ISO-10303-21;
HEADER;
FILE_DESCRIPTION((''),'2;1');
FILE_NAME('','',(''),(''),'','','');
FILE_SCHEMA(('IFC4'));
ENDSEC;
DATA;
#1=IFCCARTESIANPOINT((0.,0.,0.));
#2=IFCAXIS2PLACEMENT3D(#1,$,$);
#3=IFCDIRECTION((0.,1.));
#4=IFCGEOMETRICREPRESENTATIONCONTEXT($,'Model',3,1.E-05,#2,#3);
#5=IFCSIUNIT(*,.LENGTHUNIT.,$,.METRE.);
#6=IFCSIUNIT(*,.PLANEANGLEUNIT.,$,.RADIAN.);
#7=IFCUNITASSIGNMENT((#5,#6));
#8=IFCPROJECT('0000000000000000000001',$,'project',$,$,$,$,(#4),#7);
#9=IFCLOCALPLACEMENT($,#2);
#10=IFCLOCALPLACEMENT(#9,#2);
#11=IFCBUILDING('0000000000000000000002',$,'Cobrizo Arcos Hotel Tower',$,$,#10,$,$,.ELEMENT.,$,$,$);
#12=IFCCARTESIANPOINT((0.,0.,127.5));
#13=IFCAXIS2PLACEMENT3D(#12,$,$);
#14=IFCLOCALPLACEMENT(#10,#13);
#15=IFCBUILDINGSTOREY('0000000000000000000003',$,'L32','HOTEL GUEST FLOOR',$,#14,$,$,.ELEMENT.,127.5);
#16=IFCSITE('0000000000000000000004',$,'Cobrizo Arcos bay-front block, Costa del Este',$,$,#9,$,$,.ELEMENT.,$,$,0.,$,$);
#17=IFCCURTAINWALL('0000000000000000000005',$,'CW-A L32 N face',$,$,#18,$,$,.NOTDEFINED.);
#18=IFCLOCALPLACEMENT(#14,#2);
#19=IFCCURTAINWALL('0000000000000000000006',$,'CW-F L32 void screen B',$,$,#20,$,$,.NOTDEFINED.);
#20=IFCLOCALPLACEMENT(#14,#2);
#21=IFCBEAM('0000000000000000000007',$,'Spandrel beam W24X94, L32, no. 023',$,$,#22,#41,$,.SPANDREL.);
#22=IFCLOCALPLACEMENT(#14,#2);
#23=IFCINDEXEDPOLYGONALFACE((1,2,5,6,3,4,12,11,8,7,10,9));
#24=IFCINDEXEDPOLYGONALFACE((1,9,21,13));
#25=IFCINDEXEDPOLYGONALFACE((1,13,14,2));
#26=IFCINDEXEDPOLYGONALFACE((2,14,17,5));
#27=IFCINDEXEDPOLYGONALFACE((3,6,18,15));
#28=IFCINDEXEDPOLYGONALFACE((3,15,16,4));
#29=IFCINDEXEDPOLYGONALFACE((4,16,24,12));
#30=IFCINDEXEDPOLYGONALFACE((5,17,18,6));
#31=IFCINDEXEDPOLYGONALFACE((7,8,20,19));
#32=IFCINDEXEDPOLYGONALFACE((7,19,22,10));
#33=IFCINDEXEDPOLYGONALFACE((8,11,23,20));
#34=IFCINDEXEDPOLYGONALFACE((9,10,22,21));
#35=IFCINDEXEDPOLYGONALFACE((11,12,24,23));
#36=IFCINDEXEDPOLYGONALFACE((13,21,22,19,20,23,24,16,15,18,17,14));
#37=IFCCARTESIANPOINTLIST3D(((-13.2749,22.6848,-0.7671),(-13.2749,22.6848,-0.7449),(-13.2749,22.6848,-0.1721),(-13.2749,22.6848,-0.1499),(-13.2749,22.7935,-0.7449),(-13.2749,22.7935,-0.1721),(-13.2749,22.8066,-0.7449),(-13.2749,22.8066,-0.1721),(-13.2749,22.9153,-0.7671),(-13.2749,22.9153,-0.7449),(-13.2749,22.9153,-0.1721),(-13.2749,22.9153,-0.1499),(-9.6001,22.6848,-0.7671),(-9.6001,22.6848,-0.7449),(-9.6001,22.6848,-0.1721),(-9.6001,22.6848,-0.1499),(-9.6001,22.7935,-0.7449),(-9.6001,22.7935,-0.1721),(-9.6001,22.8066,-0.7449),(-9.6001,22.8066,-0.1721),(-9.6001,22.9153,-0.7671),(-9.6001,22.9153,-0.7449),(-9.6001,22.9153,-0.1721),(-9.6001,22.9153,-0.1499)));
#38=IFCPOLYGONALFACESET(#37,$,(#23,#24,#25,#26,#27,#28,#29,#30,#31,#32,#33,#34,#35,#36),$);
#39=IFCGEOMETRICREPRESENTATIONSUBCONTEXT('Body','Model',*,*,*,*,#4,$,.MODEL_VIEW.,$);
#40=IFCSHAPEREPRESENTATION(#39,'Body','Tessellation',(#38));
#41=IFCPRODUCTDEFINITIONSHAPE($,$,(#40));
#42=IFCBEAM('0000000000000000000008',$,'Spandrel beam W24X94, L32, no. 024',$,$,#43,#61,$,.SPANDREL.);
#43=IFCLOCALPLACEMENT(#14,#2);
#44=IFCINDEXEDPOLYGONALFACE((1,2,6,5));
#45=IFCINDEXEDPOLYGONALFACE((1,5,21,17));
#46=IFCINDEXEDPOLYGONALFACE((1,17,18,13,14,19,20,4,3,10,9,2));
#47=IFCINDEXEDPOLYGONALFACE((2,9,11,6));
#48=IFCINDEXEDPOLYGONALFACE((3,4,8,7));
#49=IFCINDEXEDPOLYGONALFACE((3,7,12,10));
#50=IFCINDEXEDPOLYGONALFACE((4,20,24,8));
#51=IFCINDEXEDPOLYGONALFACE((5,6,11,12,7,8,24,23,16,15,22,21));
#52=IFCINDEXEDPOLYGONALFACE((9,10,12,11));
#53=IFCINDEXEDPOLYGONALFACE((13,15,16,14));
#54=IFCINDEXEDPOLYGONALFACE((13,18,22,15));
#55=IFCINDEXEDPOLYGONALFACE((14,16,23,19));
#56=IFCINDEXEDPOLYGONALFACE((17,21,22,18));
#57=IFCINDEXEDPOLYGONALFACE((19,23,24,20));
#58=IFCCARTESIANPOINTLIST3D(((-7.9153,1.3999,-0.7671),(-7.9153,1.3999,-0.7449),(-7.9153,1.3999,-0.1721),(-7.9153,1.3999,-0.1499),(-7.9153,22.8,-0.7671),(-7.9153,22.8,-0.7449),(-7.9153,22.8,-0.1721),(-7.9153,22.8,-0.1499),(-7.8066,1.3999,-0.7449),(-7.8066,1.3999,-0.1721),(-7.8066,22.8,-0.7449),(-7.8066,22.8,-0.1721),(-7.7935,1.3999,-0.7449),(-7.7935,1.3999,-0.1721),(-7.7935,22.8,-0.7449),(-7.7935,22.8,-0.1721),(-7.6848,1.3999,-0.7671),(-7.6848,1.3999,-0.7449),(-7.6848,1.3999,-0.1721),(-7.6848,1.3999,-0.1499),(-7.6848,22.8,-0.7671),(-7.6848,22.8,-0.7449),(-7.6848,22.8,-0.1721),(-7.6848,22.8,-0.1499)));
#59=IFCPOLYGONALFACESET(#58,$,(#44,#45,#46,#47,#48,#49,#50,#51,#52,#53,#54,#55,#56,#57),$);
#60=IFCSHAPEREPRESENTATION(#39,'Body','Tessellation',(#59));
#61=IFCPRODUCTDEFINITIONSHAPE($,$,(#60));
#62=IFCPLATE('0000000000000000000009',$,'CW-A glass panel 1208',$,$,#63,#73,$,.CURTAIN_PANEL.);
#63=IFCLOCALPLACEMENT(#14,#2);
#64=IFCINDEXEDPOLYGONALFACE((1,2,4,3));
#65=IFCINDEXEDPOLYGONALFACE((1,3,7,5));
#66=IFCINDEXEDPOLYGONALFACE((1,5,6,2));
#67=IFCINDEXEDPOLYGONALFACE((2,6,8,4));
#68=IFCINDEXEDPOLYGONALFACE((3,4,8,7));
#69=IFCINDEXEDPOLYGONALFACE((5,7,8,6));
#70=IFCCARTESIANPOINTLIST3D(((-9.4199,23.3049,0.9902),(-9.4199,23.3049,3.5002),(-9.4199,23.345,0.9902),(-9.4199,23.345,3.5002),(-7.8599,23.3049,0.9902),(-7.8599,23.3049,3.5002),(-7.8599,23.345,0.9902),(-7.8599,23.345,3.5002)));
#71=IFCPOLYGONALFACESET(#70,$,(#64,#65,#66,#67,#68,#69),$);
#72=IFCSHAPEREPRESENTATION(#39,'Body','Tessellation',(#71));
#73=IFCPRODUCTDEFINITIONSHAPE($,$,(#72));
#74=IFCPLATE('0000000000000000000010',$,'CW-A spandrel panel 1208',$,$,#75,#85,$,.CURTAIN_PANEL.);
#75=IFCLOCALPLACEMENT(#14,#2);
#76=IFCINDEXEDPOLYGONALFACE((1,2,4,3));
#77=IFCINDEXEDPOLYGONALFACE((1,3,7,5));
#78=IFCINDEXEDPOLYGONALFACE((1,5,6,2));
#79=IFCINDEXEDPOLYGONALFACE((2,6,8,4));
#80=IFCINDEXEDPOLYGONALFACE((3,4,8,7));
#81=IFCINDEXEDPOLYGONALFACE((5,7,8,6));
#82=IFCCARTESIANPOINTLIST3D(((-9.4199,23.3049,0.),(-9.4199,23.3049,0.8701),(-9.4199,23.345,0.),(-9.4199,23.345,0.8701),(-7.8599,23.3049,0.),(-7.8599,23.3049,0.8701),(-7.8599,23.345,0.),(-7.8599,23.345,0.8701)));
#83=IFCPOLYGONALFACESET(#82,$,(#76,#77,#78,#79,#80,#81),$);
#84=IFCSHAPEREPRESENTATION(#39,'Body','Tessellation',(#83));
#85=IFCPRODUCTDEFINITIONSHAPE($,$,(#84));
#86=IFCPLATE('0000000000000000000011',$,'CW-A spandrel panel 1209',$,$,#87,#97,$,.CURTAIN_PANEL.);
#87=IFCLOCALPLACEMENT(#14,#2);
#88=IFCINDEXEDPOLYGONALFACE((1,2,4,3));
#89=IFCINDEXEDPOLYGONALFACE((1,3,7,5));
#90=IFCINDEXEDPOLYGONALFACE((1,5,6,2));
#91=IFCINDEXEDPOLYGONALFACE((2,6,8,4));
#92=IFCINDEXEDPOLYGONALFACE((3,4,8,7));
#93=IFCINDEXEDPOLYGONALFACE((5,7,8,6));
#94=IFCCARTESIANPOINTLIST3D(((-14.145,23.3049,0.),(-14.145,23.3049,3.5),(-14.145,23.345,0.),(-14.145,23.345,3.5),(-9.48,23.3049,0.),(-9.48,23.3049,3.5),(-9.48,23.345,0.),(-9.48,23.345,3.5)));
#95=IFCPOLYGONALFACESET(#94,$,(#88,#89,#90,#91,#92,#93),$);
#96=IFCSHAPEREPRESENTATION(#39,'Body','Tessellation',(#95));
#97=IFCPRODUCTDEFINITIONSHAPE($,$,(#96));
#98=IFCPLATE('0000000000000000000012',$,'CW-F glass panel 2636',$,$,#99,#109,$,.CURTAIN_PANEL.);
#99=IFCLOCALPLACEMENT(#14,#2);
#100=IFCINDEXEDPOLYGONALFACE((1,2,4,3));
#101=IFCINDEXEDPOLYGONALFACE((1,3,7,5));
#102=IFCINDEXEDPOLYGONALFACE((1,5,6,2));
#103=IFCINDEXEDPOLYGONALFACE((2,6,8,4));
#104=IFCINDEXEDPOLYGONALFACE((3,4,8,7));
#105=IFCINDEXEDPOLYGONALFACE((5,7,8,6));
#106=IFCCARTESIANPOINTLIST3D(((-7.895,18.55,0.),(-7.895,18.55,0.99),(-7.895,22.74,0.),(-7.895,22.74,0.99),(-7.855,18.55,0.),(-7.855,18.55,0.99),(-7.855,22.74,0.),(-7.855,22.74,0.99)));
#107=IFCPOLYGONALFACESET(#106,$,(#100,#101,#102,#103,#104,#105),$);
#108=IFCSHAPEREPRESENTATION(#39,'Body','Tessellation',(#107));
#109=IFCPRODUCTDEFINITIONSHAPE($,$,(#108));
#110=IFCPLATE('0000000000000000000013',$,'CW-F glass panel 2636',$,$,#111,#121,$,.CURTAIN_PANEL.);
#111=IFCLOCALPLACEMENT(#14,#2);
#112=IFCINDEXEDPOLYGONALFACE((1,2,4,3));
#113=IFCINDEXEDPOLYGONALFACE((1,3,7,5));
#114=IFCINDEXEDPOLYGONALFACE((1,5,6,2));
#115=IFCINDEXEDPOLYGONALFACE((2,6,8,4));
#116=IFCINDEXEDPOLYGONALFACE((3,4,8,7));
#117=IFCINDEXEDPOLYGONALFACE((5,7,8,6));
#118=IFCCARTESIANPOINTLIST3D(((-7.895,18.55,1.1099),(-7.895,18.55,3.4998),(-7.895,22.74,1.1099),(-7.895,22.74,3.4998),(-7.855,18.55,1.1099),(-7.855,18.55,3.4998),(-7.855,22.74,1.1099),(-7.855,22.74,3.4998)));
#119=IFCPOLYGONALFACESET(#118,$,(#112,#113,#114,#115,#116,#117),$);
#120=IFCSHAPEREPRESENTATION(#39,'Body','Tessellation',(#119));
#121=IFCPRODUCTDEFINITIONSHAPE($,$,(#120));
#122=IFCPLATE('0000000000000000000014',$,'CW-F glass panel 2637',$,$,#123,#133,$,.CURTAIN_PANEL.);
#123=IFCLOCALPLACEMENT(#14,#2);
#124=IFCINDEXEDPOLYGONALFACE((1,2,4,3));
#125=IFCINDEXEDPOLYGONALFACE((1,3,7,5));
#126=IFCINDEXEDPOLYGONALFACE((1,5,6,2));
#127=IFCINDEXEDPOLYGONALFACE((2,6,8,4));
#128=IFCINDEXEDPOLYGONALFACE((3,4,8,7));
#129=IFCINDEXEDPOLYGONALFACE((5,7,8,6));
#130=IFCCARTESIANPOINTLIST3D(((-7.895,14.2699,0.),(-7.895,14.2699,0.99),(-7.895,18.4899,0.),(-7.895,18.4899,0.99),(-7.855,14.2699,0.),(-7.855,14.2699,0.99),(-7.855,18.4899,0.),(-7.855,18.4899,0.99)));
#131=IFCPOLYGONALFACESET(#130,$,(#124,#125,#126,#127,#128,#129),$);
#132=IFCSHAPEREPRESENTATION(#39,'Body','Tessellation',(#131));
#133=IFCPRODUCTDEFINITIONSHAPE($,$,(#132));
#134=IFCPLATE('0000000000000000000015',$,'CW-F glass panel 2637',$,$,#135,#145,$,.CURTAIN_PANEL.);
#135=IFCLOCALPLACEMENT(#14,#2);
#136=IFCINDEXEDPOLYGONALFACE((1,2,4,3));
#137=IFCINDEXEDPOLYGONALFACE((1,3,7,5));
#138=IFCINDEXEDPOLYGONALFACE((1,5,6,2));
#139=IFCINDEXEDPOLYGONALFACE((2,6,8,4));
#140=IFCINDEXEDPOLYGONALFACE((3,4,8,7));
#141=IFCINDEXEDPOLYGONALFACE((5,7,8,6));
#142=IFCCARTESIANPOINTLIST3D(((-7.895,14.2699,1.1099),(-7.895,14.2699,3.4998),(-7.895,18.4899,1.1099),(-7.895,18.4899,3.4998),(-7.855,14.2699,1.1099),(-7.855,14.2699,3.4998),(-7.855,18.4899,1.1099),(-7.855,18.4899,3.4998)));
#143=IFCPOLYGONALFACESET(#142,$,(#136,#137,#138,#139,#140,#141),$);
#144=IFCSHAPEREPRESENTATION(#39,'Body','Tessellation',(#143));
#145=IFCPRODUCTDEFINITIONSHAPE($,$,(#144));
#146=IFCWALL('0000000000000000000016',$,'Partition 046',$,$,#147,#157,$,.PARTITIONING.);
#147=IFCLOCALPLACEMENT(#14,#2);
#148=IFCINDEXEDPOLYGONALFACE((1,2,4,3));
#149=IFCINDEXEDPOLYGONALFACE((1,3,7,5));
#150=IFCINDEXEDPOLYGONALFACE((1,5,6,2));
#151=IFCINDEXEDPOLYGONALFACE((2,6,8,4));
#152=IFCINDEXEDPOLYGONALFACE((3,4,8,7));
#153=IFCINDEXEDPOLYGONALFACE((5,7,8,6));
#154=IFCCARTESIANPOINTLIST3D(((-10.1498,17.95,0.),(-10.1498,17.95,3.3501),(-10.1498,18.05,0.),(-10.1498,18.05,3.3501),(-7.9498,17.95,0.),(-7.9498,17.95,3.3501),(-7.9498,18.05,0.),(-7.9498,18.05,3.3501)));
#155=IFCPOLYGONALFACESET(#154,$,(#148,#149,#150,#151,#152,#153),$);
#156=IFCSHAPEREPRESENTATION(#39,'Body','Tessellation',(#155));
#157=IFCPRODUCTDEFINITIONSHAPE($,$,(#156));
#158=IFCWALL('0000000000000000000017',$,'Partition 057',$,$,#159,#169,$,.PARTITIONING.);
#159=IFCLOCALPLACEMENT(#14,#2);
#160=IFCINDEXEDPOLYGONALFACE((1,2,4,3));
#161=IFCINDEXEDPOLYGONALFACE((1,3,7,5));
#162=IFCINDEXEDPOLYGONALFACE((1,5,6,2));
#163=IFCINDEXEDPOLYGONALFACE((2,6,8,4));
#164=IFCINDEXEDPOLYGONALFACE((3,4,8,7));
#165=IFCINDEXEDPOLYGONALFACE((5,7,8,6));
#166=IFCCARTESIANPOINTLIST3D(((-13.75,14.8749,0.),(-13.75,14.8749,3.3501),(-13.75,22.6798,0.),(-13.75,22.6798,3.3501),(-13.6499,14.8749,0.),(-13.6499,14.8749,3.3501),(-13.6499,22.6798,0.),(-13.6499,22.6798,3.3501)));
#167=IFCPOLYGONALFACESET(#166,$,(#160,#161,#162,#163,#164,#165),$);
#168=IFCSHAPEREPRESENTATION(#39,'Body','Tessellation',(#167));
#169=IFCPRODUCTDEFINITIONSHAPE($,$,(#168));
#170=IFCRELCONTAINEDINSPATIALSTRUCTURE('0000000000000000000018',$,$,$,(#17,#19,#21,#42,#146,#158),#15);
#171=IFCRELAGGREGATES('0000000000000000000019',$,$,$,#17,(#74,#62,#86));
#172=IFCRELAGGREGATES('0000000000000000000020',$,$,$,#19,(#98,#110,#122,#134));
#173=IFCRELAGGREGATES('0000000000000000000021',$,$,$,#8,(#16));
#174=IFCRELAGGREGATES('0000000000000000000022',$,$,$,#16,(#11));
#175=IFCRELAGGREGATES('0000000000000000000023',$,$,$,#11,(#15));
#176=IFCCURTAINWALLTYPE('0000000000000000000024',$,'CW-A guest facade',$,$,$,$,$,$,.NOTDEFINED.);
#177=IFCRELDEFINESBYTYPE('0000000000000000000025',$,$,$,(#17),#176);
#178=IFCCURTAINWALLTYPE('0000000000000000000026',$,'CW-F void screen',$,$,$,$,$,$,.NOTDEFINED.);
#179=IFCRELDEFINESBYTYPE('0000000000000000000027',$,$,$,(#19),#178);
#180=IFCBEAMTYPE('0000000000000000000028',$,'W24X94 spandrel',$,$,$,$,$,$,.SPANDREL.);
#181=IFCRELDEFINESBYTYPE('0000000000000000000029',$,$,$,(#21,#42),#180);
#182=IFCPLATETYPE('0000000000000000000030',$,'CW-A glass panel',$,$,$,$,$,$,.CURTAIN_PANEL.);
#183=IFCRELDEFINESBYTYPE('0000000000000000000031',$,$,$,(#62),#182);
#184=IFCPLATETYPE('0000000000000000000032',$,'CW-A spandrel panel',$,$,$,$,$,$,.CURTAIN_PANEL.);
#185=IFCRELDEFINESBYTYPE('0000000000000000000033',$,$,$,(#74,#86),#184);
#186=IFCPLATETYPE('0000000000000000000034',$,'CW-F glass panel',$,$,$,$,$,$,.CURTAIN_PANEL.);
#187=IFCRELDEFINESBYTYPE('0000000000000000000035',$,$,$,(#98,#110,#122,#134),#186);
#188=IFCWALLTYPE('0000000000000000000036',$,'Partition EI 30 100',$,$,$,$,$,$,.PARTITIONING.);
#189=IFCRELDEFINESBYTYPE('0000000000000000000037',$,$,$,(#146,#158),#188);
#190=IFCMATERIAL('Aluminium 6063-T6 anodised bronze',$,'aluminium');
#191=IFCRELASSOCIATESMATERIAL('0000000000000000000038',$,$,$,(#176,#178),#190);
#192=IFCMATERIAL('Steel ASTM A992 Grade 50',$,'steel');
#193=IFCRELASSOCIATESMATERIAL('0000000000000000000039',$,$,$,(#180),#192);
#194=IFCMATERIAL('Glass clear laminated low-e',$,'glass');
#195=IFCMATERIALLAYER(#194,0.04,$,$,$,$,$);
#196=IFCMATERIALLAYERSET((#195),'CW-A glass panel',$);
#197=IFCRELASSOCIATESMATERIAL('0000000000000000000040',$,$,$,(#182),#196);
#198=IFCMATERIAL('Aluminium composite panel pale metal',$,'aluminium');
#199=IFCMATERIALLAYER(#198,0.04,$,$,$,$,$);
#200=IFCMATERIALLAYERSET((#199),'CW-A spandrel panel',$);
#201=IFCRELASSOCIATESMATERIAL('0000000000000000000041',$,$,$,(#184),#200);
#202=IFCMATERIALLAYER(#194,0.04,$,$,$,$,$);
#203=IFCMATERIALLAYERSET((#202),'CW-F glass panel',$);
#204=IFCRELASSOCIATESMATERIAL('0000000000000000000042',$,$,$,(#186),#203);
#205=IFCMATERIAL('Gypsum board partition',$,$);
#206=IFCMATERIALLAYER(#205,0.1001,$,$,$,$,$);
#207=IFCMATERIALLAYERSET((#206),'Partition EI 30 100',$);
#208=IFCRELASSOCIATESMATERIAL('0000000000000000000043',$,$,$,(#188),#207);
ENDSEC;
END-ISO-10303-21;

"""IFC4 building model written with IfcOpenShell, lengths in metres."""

from ifc_helpers import new_model, si_unit, direction, frame, frame_2d, origin, origin_2d, place, context, subcontext, project, spatial, rectangle, i_section, extrude, material, layer, layer_set, material_profile, profile_set, type_object, element, aggregate, save


model = new_model("IFC4")

# Units and contexts
model_context = context("Model", 3, precision=1e-05, world=origin(), true_north=direction((0.0, 1.0)))
body_context = subcontext(model_context, "Body", "Model", "MODEL_VIEW")
ifc_project = project(units=[si_unit("LENGTHUNIT", "METRE"), si_unit("PLANEANGLEUNIT", "RADIAN")], contexts=[model_context])

# Site, building, storey
site_placement = place(None, origin())
site = spatial("IfcSite", under=ifc_project, at=site_placement, Name="Cobrizo Arcos bay-front block, Costa del Este", CompositionType="ELEMENT", RefElevation=0.0)
building_placement = place(site_placement, origin())
building = spatial("IfcBuilding", under=site, at=building_placement, Name="Cobrizo Arcos Hotel Tower", CompositionType="ELEMENT")
storey_placement = place(building_placement, frame((0.0, 0.0, 127.5)))
storey = spatial("IfcBuildingStorey", under=building, at=storey_placement, Name="L32", Description="HOTEL GUEST FLOOR", CompositionType="ELEMENT", Elevation=127.5)

# Curtain walls
ifc_material_1 = material(Name="Aluminium 6063-T6 anodised bronze", Category="aluminium")
curtain_wall_type_1 = type_object("IfcCurtainWallType", Name="CW-A guest facade", PredefinedType="NOTDEFINED", material=ifc_material_1)
curtain_wall_1_placement = place(storey_placement, origin())
curtain_wall_1 = element("IfcCurtainWall", 1, at=curtain_wall_1_placement, inside=storey, type_object=curtain_wall_type_1, Name="CW-A L32 N face", PredefinedType="NOTDEFINED")
curtain_wall_type_2 = type_object("IfcCurtainWallType", Name="CW-F void screen", PredefinedType="NOTDEFINED", material=ifc_material_1)
curtain_wall_2_placement = place(storey_placement, origin())
curtain_wall_2 = element("IfcCurtainWall", 2, at=curtain_wall_2_placement, inside=storey, type_object=curtain_wall_type_2, Name="CW-F L32 void screen B", PredefinedType="NOTDEFINED")

# Beams
ifc_material_2 = material(Name="Steel ASTM A992 Grade 50", Category="steel")
ifc_material_profile_1 = material_profile(ifc_material_2, i_section(OverallWidth=0.2305, OverallDepth=0.6172, WebThickness=0.0132, FlangeThickness=0.0222, at=origin_2d()), Name="W24X94")
ifc_profile_set_1 = profile_set([ifc_material_profile_1], Name="Steel ASTM A992 Grade 50")
beam_type = type_object("IfcBeamType", Name="W24X94 spandrel", PredefinedType="SPANDREL", material=ifc_profile_set_1)
beam_1_placement = place(storey_placement, frame((-13.2749, 22.8, -0.4585), z_axis=(1.0, 0.0, 0.0), x_axis=(0.0, 1.0, 0.0)))
element("IfcBeam", 3, at=beam_1_placement, inside=storey, type_object=beam_type, Name="Spandrel beam W24X94, L32, no. 023", PredefinedType="SPANDREL", context=body_context, shape_type="SweptSolid", body=[
    extrude(i_section(OverallWidth=0.2305, OverallDepth=0.6172, WebThickness=0.0132, FlangeThickness=0.0222, at=origin_2d()), origin(), (0.0, 0.0, 1.0), 3.6748),
])
beam_2_placement = place(storey_placement, frame((-7.8, 22.8, -0.4585), z_axis=(0.0, -1.0, 0.0), x_axis=(1.0, 0.0, 0.0)))
element("IfcBeam", 4, at=beam_2_placement, inside=storey, type_object=beam_type, Name="Spandrel beam W24X94, L32, no. 024", PredefinedType="SPANDREL", context=body_context, shape_type="SweptSolid", body=[
    extrude(i_section(OverallWidth=0.2305, OverallDepth=0.6172, WebThickness=0.0132, FlangeThickness=0.0222, at=origin_2d()), origin(), (0.0, 0.0, 1.0), 21.4001),
])

# Plates
ifc_material_3 = material(Name="Glass clear laminated low-e", Category="glass")
ifc_layer_1 = layer(ifc_material_3, 0.04)
ifc_layer_set_1 = layer_set([ifc_layer_1], Name="CW-A glass panel")
plate_type_1 = type_object("IfcPlateType", Name="CW-A glass panel", PredefinedType="CURTAIN_PANEL", material=ifc_layer_set_1)
plate_1_placement = place(storey_placement, frame((-8.6399, 23.325, 0.9902), z_axis=(0.0, 0.0, 1.0), x_axis=(-1.0, 0.0, 0.0)))
plate_1 = element("IfcPlate", 5, at=plate_1_placement, type_object=plate_type_1, Name="CW-A glass panel 1208", PredefinedType="CURTAIN_PANEL", context=body_context, shape_type="SweptSolid", body=[
    extrude(rectangle(XDim=1.5601, YDim=0.04, at=origin_2d()), origin(), (0.0, 0.0, 1.0), 2.51),
])
ifc_material_4 = material(Name="Aluminium composite panel pale metal", Category="aluminium")
ifc_layer_2 = layer(ifc_material_4, 0.04)
ifc_layer_set_2 = layer_set([ifc_layer_2], Name="CW-A spandrel panel")
plate_type_2 = type_object("IfcPlateType", Name="CW-A spandrel panel", PredefinedType="CURTAIN_PANEL", material=ifc_layer_set_2)
plate_2_placement = place(storey_placement, frame((-8.6399, 23.325, 0.0), z_axis=(0.0, 0.0, 1.0), x_axis=(-1.0, 0.0, 0.0)))
plate_2 = element("IfcPlate", 6, at=plate_2_placement, type_object=plate_type_2, Name="CW-A spandrel panel 1208", PredefinedType="CURTAIN_PANEL", context=body_context, shape_type="SweptSolid", body=[
    extrude(rectangle(XDim=1.5601, YDim=0.04, at=origin_2d()), origin(), (0.0, 0.0, 1.0), 0.8701),
])
plate_3_placement = place(storey_placement, frame((-11.8125, 23.325, 0.0), z_axis=(0.0, 0.0, 1.0), x_axis=(-1.0, 0.0, 0.0)))
plate_3 = element("IfcPlate", 7, at=plate_3_placement, type_object=plate_type_2, Name="CW-A spandrel panel 1209", PredefinedType="CURTAIN_PANEL", context=body_context, shape_type="SweptSolid", body=[
    extrude(rectangle(XDim=4.665, YDim=0.04, at=origin_2d()), origin(), (0.0, 0.0, 1.0), 3.5),
])
aggregate(curtain_wall_1, [plate_2, plate_1, plate_3])
ifc_layer_3 = layer(ifc_material_3, 0.04)
ifc_layer_set_3 = layer_set([ifc_layer_3], Name="CW-F glass panel")
plate_type_3 = type_object("IfcPlateType", Name="CW-F glass panel", PredefinedType="CURTAIN_PANEL", material=ifc_layer_set_3)
plate_4_placement = place(storey_placement, frame((-7.875, 20.645, 0.0), z_axis=(0.0, 0.0, 1.0), x_axis=(0.0, -1.0, 0.0)))
plate_4 = element("IfcPlate", 8, at=plate_4_placement, type_object=plate_type_3, Name="CW-F glass panel 2636", PredefinedType="CURTAIN_PANEL", context=body_context, shape_type="SweptSolid", body=[
    extrude(rectangle(XDim=4.1899, YDim=0.04, at=origin_2d()), origin(), (0.0, 0.0, 1.0), 0.99),
])
plate_5_placement = place(storey_placement, frame((-7.875, 20.645, 1.1099), z_axis=(0.0, 0.0, 1.0), x_axis=(0.0, -1.0, 0.0)))
plate_5 = element("IfcPlate", 9, at=plate_5_placement, type_object=plate_type_3, Name="CW-F glass panel 2636", PredefinedType="CURTAIN_PANEL", context=body_context, shape_type="SweptSolid", body=[
    extrude(rectangle(XDim=4.1899, YDim=0.04, at=origin_2d()), origin(), (0.0, 0.0, 1.0), 2.3899),
])
plate_6_placement = place(storey_placement, frame((-7.875, 16.3799, 0.0), z_axis=(0.0, 0.0, 1.0), x_axis=(0.0, -1.0, 0.0)))
plate_6 = element("IfcPlate", 10, at=plate_6_placement, type_object=plate_type_3, Name="CW-F glass panel 2637", PredefinedType="CURTAIN_PANEL", context=body_context, shape_type="SweptSolid", body=[
    extrude(rectangle(XDim=4.22, YDim=0.04, at=origin_2d()), origin(), (0.0, 0.0, 1.0), 0.99),
])
plate_7_placement = place(storey_placement, frame((-7.875, 16.3799, 1.1099), z_axis=(0.0, 0.0, 1.0), x_axis=(0.0, -1.0, 0.0)))
plate_7 = element("IfcPlate", 11, at=plate_7_placement, type_object=plate_type_3, Name="CW-F glass panel 2637", PredefinedType="CURTAIN_PANEL", context=body_context, shape_type="SweptSolid", body=[
    extrude(rectangle(XDim=4.22, YDim=0.04, at=origin_2d()), origin(), (0.0, 0.0, 1.0), 2.3899),
])
aggregate(curtain_wall_2, [plate_4, plate_5, plate_6, plate_7])

# Walls
ifc_material_5 = material(Name="Gypsum board partition")
ifc_layer_4 = layer(ifc_material_5, 0.1001)
ifc_layer_set_4 = layer_set([ifc_layer_4], Name="Partition EI 30 100")
wall_type = type_object("IfcWallType", Name="Partition EI 30 100", PredefinedType="PARTITIONING", material=ifc_layer_set_4)
wall_1_placement = place(storey_placement, frame((-10.1499, 18.0, 0.0), z_axis=(0.0, 0.0, 1.0), x_axis=(1.0, 0.0, 0.0)))
element("IfcWall", 12, at=wall_1_placement, inside=storey, type_object=wall_type, Name="Partition 046", PredefinedType="PARTITIONING", context=body_context, shape_type="SweptSolid", body=[
    extrude(rectangle(XDim=2.2, YDim=0.1001, at=frame_2d((1.1001, 0.0))), origin(), (0.0, 0.0, 1.0), 3.3501),
])
wall_2_placement = place(storey_placement, frame((-13.7, 14.875, 0.0), z_axis=(0.0, 0.0, 1.0), x_axis=(0.0, 1.0, 0.0)))
element("IfcWall", 13, at=wall_2_placement, inside=storey, type_object=wall_type, Name="Partition 057", PredefinedType="PARTITIONING", context=body_context, shape_type="SweptSolid", body=[
    extrude(rectangle(XDim=7.8049, YDim=0.1001, at=frame_2d((3.9023, 0.0))), origin(), (0.0, 0.0, 1.0), 3.3501),
])

save(model, "model.ifc")
